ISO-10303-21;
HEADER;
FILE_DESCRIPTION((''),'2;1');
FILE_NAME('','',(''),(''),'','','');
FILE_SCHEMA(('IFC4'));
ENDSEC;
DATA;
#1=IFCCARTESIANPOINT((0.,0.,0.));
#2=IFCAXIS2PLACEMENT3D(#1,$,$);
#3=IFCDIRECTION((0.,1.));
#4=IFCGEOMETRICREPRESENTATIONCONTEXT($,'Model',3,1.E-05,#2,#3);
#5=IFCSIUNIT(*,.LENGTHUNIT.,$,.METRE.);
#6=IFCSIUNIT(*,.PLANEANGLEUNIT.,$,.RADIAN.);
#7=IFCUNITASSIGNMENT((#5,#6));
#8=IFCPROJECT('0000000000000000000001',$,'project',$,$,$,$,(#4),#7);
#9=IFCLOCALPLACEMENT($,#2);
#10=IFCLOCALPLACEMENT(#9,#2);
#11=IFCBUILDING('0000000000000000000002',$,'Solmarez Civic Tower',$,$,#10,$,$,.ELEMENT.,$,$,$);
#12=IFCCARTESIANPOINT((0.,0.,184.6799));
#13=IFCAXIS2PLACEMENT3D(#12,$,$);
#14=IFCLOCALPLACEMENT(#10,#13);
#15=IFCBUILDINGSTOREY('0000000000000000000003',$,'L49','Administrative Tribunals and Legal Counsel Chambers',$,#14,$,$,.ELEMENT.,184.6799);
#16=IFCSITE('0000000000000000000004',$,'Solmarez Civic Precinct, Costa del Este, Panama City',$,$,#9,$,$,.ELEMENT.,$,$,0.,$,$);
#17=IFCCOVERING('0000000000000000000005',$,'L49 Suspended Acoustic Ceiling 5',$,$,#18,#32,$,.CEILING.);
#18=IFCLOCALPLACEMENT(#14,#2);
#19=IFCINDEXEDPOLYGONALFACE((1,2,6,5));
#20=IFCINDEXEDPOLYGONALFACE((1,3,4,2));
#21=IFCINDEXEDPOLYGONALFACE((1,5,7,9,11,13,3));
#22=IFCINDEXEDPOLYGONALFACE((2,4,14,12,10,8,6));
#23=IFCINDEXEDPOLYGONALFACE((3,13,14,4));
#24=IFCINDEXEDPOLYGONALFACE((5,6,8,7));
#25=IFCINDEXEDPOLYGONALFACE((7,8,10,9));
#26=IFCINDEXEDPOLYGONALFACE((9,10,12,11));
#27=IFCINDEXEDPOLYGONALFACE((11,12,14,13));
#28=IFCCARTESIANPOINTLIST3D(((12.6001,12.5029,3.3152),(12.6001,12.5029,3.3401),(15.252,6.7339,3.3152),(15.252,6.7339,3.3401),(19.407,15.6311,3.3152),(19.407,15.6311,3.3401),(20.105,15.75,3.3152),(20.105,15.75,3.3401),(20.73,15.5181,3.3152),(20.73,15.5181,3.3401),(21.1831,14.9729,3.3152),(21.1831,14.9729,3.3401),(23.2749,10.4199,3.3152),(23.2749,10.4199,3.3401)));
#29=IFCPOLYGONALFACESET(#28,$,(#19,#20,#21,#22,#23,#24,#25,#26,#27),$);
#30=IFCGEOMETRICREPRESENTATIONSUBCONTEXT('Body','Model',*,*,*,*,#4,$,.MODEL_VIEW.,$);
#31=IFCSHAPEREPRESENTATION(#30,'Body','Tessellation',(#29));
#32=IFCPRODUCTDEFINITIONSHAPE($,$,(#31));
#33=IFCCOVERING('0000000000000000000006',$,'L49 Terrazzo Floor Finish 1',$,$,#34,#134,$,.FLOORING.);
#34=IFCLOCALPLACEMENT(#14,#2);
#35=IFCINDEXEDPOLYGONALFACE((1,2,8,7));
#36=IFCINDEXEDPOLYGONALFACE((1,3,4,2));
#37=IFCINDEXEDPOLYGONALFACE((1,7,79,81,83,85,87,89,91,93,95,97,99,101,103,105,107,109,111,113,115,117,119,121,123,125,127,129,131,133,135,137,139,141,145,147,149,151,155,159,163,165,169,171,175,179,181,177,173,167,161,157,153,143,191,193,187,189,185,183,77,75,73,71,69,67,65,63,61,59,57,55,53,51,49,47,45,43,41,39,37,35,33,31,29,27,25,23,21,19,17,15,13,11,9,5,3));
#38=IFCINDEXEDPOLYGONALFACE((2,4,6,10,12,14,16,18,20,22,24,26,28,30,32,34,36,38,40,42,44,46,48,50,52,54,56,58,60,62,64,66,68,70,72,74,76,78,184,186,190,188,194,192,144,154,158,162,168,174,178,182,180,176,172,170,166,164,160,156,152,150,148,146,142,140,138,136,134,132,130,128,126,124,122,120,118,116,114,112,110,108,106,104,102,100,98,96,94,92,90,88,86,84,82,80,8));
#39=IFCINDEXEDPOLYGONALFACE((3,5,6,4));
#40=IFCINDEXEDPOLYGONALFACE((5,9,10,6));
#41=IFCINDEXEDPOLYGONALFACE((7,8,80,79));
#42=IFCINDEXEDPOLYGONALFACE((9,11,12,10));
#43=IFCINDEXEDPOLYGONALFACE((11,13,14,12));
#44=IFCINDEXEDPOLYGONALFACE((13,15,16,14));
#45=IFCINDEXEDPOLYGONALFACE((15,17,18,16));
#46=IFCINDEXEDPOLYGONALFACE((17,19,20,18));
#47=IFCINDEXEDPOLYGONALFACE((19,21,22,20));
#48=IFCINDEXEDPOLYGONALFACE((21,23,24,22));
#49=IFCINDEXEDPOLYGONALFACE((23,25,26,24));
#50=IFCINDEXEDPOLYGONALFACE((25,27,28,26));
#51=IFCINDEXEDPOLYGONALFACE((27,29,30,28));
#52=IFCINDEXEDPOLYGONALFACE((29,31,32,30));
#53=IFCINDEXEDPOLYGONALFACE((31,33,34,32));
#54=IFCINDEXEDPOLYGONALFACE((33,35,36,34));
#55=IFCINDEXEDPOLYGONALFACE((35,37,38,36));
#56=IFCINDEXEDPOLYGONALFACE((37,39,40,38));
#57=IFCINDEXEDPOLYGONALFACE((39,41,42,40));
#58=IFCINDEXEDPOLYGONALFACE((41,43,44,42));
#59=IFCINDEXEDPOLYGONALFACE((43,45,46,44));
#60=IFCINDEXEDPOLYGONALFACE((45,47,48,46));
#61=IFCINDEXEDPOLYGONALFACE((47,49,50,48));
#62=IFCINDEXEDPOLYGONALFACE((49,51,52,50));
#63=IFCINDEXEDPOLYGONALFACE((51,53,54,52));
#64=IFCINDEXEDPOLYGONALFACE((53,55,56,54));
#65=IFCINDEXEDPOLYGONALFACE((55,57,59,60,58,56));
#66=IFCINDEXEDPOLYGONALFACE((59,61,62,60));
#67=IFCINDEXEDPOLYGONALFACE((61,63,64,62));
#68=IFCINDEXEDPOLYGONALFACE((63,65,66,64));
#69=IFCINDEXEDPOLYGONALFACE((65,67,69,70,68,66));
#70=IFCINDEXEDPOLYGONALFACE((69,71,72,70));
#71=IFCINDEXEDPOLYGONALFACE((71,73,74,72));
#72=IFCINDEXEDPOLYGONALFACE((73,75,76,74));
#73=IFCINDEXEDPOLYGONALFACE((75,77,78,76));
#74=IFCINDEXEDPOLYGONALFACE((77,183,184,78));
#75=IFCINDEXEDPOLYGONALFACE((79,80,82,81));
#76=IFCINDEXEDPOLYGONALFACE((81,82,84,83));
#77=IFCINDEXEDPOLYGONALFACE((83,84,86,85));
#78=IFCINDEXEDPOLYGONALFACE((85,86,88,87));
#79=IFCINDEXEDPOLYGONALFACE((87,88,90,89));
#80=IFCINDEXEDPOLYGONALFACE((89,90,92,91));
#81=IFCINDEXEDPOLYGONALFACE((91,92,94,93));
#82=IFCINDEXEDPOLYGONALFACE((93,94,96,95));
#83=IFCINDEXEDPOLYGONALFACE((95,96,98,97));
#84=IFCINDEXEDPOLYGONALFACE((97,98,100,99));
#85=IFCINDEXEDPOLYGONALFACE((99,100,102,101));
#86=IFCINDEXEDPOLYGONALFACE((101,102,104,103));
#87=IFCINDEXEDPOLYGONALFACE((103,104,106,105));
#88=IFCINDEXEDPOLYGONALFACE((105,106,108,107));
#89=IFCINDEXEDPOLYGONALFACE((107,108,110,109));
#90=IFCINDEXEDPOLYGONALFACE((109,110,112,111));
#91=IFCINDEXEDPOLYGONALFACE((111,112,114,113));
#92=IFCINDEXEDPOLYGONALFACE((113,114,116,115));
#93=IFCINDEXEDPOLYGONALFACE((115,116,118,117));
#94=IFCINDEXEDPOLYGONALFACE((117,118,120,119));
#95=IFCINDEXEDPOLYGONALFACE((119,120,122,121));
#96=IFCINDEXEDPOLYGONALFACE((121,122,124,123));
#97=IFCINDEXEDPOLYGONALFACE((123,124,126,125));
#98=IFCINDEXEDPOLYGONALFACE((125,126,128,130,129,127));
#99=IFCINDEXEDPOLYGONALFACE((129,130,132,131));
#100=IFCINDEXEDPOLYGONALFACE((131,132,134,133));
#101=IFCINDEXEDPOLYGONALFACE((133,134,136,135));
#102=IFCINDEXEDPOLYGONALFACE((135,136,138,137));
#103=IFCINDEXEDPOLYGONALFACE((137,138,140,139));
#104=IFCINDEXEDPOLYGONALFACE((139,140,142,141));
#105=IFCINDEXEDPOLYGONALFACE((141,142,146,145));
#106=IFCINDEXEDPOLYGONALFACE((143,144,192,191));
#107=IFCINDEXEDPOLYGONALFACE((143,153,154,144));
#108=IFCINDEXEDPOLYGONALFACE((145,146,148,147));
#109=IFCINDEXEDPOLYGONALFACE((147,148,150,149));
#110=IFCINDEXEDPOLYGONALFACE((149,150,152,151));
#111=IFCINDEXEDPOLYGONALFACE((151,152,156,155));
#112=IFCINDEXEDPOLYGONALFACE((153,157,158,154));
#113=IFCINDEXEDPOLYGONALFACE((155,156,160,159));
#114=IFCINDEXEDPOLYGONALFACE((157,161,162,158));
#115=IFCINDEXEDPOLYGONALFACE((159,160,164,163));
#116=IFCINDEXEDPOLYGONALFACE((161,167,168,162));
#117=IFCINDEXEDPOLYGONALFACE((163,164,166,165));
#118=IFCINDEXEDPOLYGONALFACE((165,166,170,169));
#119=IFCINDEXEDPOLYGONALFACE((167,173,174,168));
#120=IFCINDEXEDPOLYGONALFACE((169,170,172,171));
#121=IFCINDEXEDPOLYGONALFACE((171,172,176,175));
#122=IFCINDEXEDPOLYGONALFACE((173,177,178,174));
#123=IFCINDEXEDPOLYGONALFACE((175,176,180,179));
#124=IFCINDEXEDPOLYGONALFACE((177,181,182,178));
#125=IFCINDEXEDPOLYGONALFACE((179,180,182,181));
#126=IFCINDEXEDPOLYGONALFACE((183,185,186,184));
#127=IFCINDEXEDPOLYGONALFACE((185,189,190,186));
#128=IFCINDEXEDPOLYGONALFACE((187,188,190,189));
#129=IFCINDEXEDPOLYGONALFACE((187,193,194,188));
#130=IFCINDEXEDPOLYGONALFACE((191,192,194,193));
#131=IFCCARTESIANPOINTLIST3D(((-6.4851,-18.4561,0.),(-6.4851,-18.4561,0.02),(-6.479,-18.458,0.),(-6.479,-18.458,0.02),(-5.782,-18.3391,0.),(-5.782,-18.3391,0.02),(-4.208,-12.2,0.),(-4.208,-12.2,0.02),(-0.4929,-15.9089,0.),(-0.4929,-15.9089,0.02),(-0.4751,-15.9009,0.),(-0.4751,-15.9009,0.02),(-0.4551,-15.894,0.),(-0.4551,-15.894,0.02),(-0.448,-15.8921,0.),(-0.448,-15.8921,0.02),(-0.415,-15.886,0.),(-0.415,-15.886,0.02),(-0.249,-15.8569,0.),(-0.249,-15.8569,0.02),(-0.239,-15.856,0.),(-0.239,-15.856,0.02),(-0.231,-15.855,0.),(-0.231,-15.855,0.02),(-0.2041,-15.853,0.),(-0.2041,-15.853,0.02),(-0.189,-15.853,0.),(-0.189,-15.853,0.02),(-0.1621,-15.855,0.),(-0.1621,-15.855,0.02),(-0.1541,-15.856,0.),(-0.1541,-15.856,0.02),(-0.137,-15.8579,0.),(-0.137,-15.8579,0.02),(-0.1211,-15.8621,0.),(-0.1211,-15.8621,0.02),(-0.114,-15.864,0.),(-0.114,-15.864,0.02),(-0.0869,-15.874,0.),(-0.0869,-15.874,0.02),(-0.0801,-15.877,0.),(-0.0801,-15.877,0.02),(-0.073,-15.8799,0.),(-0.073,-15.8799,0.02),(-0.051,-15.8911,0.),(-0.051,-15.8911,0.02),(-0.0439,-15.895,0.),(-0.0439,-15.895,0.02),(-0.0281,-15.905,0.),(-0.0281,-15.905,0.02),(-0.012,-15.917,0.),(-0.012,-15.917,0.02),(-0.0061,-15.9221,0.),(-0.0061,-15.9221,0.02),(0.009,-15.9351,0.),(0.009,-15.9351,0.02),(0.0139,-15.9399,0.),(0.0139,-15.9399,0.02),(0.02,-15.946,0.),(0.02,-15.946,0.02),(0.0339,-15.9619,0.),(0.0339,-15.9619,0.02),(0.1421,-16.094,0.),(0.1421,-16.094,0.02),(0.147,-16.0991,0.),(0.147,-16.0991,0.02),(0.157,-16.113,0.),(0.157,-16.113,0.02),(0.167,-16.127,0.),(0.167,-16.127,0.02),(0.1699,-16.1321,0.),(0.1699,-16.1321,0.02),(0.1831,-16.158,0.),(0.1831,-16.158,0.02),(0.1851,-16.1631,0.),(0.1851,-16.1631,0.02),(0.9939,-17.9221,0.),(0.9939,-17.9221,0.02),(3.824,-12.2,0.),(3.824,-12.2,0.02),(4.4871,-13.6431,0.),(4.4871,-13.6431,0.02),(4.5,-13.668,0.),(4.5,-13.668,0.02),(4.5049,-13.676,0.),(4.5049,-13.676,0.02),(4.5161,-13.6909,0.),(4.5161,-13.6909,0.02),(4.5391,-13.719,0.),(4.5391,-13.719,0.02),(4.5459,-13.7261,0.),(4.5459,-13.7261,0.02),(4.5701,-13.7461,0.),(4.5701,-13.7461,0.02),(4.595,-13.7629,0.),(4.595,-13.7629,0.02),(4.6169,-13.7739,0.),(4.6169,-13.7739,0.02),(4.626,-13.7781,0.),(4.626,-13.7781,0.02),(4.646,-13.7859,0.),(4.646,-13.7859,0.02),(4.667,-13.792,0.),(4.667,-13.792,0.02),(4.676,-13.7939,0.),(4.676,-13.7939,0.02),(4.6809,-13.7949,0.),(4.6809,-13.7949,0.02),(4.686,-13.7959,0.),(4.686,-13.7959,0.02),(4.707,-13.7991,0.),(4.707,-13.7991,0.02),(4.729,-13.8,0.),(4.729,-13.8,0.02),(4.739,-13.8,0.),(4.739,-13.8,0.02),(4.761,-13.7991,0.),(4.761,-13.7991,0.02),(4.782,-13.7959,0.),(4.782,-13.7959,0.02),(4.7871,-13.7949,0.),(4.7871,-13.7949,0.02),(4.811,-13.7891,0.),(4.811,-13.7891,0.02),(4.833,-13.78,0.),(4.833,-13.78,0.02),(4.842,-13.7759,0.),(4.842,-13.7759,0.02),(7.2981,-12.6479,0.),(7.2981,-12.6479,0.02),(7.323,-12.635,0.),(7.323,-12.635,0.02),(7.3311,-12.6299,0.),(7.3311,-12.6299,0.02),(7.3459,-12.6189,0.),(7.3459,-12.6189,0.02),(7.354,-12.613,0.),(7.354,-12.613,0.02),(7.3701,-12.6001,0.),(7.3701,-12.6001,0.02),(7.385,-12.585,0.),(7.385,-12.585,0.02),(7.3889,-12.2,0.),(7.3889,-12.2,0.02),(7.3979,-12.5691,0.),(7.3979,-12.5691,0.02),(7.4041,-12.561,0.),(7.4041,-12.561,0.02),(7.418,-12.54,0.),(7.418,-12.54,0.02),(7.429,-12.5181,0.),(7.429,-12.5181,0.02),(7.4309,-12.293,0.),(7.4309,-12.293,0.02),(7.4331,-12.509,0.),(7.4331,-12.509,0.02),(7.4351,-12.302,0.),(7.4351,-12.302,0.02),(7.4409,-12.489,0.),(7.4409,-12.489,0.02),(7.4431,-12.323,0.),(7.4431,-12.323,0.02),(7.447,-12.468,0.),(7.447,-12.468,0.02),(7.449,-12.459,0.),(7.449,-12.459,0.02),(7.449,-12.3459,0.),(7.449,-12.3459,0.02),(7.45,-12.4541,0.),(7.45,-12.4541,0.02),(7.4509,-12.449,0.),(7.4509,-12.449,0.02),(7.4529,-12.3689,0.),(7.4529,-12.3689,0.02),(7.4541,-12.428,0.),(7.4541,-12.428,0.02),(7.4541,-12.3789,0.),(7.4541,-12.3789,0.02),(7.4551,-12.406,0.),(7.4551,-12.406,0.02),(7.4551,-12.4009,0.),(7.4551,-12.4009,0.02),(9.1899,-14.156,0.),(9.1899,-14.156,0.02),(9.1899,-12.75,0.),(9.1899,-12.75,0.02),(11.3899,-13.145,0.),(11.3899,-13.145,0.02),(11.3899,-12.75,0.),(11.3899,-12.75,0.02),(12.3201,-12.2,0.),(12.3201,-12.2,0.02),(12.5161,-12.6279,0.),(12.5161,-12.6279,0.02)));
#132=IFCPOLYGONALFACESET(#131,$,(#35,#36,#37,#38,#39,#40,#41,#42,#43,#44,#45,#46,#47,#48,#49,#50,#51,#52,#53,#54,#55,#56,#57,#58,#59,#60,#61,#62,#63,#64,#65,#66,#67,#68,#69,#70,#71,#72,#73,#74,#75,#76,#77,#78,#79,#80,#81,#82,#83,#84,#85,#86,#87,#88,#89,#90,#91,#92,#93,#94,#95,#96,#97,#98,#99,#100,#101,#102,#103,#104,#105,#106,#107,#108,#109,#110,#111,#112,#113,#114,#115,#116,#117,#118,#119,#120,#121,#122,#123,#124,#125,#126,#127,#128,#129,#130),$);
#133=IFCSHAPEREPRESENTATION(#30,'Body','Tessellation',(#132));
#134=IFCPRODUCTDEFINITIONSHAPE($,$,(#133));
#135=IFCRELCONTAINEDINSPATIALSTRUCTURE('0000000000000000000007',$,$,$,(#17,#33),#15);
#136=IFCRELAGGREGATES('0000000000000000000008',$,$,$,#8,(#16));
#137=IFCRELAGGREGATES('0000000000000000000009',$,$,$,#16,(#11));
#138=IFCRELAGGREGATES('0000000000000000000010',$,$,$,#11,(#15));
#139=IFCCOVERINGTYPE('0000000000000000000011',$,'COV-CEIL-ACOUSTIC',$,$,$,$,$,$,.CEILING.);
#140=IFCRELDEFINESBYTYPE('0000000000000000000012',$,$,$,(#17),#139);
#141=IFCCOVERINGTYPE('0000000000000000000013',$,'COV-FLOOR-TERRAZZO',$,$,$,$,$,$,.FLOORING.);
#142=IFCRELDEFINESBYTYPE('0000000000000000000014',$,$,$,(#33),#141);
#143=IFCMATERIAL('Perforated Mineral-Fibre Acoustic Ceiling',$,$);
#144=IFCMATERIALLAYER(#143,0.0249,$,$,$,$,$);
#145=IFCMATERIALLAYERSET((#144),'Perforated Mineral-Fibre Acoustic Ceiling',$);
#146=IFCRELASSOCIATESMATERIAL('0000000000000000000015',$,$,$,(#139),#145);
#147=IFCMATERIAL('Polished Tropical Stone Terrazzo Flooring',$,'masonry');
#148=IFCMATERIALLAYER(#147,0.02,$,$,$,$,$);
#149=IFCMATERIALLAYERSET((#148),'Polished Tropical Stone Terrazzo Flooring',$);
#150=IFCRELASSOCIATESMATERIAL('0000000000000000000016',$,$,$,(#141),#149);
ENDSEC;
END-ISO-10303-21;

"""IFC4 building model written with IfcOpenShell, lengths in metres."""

from ifc_helpers import new_model, si_unit, direction, frame, origin, place, context, subcontext, project, spatial, polyline, outline, extrude, material, layer, layer_set, type_object, element, save


model = new_model("IFC4")

# Units and contexts
model_context = context("Model", 3, precision=1e-05, world=origin(), true_north=direction((0.0, 1.0)))
body_context = subcontext(model_context, "Body", "Model", "MODEL_VIEW")
ifc_project = project(units=[si_unit("LENGTHUNIT", "METRE"), si_unit("PLANEANGLEUNIT", "RADIAN")], contexts=[model_context])

# Site, building, storey
site_placement = place(None, origin())
site = spatial("IfcSite", under=ifc_project, at=site_placement, Name="Solmarez Civic Precinct, Costa del Este, Panama City", CompositionType="ELEMENT", RefElevation=0.0)
building_placement = place(site_placement, origin())
building = spatial("IfcBuilding", under=site, at=building_placement, Name="Solmarez Civic Tower", CompositionType="ELEMENT")
storey_placement = place(building_placement, frame((0.0, 0.0, 184.6799)))
storey = spatial("IfcBuildingStorey", under=building, at=storey_placement, Name="L49", Description="Administrative Tribunals and Legal Counsel Chambers", CompositionType="ELEMENT", Elevation=184.6799)

# Coverings
ifc_material_1 = material(Name="Perforated Mineral-Fibre Acoustic Ceiling")
ifc_layer_1 = layer(ifc_material_1, 0.0249)
ifc_layer_set_1 = layer_set([ifc_layer_1], Name="Perforated Mineral-Fibre Acoustic Ceiling")
covering_type_1 = type_object("IfcCoveringType", Name="COV-CEIL-ACOUSTIC", PredefinedType="CEILING", material=ifc_layer_set_1)
covering_1_placement = place(storey_placement, frame((0.0, 0.0, 3.3152)))
element("IfcCovering", 1, at=covering_1_placement, inside=storey, type_object=covering_type_1, Name="L49 Suspended Acoustic Ceiling 5", PredefinedType="CEILING", context=body_context, shape_type="SweptSolid", body=[
    extrude(outline(polyline([(23.2749, 10.4199), (21.1831, 14.9729), (20.73, 15.5181), (20.105, 15.75), (19.407, 15.6311), (12.6001, 12.5029), (15.252, 6.7339), (23.2749, 10.4199)])), origin(), (0.0, 0.0, 1.0), 0.0249),
])
ifc_material_2 = material(Name="Polished Tropical Stone Terrazzo Flooring", Category="masonry")
ifc_layer_2 = layer(ifc_material_2, 0.02)
ifc_layer_set_2 = layer_set([ifc_layer_2], Name="Polished Tropical Stone Terrazzo Flooring")
covering_type_2 = type_object("IfcCoveringType", Name="COV-FLOOR-TERRAZZO", PredefinedType="FLOORING", material=ifc_layer_set_2)
covering_2_placement = place(storey_placement, origin())
element("IfcCovering", 2, at=covering_2_placement, inside=storey, type_object=covering_type_2, Name="L49 Terrazzo Floor Finish 1", PredefinedType="FLOORING", context=body_context, shape_type="SweptSolid", body=[
    extrude(outline(polyline([(12.5161, -12.6279), (12.3201, -12.2), (7.3889, -12.2), (7.4309, -12.293), (7.4351, -12.302), (7.4431, -12.323), (7.449, -12.3459), (7.4529, -12.3689), (7.4541, -12.3789), (7.4551, -12.4009), (7.4551, -12.406), (7.4541, -12.428), (7.4509, -12.449), (7.45, -12.4541), (7.449, -12.459), (7.447, -12.468), (7.4409, -12.489), (7.4331, -12.509), (7.429, -12.5181), (7.418, -12.54), (7.4041, -12.561), (7.3979, -12.5691), (7.385, -12.585), (7.3701, -12.6001), (7.354, -12.613), (7.3459, -12.6189), (7.3311, -12.6299), (7.323, -12.635), (7.2981, -12.6479), (4.842, -13.7759), (4.833, -13.78), (4.811, -13.7891), (4.7871, -13.7949), (4.782, -13.7959), (4.761, -13.7991), (4.739, -13.8), (4.729, -13.8), (4.707, -13.7991), (4.686, -13.7959), (4.6809, -13.7949), (4.676, -13.7939), (4.667, -13.792), (4.646, -13.7859), (4.626, -13.7781), (4.6169, -13.7739), (4.595, -13.7629), (4.5701, -13.7461), (4.5459, -13.7261), (4.5391, -13.719), (4.5161, -13.6909), (4.5049, -13.676), (4.5, -13.668), (4.4871, -13.6431), (3.824, -12.2), (-4.208, -12.2), (-6.4851, -18.4561), (-6.479, -18.458), (-5.782, -18.3391), (-0.4929, -15.9089), (-0.4751, -15.9009), (-0.4551, -15.894), (-0.448, -15.8921), (-0.415, -15.886), (-0.249, -15.8569), (-0.239, -15.856), (-0.231, -15.855), (-0.2041, -15.853), (-0.189, -15.853), (-0.1621, -15.855), (-0.1541, -15.856), (-0.137, -15.8579), (-0.1211, -15.8621), (-0.114, -15.864), (-0.0869, -15.874), (-0.0801, -15.877), (-0.073, -15.8799), (-0.051, -15.8911), (-0.0439, -15.895), (-0.0281, -15.905), (-0.012, -15.917), (-0.0061, -15.9221), (0.009, -15.9351), (0.0139, -15.9399), (0.02, -15.946), (0.0339, -15.9619), (0.1421, -16.094), (0.147, -16.0991), (0.157, -16.113), (0.167, -16.127), (0.1699, -16.1321), (0.1831, -16.158), (0.1851, -16.1631), (0.9939, -17.9221), (9.1899, -14.156), (9.1899, -12.75), (11.3899, -12.75), (11.3899, -13.145), (12.5161, -12.6279)])), origin(), (0.0, 0.0, 1.0), 0.02),
])

save(model, "model.ifc")
